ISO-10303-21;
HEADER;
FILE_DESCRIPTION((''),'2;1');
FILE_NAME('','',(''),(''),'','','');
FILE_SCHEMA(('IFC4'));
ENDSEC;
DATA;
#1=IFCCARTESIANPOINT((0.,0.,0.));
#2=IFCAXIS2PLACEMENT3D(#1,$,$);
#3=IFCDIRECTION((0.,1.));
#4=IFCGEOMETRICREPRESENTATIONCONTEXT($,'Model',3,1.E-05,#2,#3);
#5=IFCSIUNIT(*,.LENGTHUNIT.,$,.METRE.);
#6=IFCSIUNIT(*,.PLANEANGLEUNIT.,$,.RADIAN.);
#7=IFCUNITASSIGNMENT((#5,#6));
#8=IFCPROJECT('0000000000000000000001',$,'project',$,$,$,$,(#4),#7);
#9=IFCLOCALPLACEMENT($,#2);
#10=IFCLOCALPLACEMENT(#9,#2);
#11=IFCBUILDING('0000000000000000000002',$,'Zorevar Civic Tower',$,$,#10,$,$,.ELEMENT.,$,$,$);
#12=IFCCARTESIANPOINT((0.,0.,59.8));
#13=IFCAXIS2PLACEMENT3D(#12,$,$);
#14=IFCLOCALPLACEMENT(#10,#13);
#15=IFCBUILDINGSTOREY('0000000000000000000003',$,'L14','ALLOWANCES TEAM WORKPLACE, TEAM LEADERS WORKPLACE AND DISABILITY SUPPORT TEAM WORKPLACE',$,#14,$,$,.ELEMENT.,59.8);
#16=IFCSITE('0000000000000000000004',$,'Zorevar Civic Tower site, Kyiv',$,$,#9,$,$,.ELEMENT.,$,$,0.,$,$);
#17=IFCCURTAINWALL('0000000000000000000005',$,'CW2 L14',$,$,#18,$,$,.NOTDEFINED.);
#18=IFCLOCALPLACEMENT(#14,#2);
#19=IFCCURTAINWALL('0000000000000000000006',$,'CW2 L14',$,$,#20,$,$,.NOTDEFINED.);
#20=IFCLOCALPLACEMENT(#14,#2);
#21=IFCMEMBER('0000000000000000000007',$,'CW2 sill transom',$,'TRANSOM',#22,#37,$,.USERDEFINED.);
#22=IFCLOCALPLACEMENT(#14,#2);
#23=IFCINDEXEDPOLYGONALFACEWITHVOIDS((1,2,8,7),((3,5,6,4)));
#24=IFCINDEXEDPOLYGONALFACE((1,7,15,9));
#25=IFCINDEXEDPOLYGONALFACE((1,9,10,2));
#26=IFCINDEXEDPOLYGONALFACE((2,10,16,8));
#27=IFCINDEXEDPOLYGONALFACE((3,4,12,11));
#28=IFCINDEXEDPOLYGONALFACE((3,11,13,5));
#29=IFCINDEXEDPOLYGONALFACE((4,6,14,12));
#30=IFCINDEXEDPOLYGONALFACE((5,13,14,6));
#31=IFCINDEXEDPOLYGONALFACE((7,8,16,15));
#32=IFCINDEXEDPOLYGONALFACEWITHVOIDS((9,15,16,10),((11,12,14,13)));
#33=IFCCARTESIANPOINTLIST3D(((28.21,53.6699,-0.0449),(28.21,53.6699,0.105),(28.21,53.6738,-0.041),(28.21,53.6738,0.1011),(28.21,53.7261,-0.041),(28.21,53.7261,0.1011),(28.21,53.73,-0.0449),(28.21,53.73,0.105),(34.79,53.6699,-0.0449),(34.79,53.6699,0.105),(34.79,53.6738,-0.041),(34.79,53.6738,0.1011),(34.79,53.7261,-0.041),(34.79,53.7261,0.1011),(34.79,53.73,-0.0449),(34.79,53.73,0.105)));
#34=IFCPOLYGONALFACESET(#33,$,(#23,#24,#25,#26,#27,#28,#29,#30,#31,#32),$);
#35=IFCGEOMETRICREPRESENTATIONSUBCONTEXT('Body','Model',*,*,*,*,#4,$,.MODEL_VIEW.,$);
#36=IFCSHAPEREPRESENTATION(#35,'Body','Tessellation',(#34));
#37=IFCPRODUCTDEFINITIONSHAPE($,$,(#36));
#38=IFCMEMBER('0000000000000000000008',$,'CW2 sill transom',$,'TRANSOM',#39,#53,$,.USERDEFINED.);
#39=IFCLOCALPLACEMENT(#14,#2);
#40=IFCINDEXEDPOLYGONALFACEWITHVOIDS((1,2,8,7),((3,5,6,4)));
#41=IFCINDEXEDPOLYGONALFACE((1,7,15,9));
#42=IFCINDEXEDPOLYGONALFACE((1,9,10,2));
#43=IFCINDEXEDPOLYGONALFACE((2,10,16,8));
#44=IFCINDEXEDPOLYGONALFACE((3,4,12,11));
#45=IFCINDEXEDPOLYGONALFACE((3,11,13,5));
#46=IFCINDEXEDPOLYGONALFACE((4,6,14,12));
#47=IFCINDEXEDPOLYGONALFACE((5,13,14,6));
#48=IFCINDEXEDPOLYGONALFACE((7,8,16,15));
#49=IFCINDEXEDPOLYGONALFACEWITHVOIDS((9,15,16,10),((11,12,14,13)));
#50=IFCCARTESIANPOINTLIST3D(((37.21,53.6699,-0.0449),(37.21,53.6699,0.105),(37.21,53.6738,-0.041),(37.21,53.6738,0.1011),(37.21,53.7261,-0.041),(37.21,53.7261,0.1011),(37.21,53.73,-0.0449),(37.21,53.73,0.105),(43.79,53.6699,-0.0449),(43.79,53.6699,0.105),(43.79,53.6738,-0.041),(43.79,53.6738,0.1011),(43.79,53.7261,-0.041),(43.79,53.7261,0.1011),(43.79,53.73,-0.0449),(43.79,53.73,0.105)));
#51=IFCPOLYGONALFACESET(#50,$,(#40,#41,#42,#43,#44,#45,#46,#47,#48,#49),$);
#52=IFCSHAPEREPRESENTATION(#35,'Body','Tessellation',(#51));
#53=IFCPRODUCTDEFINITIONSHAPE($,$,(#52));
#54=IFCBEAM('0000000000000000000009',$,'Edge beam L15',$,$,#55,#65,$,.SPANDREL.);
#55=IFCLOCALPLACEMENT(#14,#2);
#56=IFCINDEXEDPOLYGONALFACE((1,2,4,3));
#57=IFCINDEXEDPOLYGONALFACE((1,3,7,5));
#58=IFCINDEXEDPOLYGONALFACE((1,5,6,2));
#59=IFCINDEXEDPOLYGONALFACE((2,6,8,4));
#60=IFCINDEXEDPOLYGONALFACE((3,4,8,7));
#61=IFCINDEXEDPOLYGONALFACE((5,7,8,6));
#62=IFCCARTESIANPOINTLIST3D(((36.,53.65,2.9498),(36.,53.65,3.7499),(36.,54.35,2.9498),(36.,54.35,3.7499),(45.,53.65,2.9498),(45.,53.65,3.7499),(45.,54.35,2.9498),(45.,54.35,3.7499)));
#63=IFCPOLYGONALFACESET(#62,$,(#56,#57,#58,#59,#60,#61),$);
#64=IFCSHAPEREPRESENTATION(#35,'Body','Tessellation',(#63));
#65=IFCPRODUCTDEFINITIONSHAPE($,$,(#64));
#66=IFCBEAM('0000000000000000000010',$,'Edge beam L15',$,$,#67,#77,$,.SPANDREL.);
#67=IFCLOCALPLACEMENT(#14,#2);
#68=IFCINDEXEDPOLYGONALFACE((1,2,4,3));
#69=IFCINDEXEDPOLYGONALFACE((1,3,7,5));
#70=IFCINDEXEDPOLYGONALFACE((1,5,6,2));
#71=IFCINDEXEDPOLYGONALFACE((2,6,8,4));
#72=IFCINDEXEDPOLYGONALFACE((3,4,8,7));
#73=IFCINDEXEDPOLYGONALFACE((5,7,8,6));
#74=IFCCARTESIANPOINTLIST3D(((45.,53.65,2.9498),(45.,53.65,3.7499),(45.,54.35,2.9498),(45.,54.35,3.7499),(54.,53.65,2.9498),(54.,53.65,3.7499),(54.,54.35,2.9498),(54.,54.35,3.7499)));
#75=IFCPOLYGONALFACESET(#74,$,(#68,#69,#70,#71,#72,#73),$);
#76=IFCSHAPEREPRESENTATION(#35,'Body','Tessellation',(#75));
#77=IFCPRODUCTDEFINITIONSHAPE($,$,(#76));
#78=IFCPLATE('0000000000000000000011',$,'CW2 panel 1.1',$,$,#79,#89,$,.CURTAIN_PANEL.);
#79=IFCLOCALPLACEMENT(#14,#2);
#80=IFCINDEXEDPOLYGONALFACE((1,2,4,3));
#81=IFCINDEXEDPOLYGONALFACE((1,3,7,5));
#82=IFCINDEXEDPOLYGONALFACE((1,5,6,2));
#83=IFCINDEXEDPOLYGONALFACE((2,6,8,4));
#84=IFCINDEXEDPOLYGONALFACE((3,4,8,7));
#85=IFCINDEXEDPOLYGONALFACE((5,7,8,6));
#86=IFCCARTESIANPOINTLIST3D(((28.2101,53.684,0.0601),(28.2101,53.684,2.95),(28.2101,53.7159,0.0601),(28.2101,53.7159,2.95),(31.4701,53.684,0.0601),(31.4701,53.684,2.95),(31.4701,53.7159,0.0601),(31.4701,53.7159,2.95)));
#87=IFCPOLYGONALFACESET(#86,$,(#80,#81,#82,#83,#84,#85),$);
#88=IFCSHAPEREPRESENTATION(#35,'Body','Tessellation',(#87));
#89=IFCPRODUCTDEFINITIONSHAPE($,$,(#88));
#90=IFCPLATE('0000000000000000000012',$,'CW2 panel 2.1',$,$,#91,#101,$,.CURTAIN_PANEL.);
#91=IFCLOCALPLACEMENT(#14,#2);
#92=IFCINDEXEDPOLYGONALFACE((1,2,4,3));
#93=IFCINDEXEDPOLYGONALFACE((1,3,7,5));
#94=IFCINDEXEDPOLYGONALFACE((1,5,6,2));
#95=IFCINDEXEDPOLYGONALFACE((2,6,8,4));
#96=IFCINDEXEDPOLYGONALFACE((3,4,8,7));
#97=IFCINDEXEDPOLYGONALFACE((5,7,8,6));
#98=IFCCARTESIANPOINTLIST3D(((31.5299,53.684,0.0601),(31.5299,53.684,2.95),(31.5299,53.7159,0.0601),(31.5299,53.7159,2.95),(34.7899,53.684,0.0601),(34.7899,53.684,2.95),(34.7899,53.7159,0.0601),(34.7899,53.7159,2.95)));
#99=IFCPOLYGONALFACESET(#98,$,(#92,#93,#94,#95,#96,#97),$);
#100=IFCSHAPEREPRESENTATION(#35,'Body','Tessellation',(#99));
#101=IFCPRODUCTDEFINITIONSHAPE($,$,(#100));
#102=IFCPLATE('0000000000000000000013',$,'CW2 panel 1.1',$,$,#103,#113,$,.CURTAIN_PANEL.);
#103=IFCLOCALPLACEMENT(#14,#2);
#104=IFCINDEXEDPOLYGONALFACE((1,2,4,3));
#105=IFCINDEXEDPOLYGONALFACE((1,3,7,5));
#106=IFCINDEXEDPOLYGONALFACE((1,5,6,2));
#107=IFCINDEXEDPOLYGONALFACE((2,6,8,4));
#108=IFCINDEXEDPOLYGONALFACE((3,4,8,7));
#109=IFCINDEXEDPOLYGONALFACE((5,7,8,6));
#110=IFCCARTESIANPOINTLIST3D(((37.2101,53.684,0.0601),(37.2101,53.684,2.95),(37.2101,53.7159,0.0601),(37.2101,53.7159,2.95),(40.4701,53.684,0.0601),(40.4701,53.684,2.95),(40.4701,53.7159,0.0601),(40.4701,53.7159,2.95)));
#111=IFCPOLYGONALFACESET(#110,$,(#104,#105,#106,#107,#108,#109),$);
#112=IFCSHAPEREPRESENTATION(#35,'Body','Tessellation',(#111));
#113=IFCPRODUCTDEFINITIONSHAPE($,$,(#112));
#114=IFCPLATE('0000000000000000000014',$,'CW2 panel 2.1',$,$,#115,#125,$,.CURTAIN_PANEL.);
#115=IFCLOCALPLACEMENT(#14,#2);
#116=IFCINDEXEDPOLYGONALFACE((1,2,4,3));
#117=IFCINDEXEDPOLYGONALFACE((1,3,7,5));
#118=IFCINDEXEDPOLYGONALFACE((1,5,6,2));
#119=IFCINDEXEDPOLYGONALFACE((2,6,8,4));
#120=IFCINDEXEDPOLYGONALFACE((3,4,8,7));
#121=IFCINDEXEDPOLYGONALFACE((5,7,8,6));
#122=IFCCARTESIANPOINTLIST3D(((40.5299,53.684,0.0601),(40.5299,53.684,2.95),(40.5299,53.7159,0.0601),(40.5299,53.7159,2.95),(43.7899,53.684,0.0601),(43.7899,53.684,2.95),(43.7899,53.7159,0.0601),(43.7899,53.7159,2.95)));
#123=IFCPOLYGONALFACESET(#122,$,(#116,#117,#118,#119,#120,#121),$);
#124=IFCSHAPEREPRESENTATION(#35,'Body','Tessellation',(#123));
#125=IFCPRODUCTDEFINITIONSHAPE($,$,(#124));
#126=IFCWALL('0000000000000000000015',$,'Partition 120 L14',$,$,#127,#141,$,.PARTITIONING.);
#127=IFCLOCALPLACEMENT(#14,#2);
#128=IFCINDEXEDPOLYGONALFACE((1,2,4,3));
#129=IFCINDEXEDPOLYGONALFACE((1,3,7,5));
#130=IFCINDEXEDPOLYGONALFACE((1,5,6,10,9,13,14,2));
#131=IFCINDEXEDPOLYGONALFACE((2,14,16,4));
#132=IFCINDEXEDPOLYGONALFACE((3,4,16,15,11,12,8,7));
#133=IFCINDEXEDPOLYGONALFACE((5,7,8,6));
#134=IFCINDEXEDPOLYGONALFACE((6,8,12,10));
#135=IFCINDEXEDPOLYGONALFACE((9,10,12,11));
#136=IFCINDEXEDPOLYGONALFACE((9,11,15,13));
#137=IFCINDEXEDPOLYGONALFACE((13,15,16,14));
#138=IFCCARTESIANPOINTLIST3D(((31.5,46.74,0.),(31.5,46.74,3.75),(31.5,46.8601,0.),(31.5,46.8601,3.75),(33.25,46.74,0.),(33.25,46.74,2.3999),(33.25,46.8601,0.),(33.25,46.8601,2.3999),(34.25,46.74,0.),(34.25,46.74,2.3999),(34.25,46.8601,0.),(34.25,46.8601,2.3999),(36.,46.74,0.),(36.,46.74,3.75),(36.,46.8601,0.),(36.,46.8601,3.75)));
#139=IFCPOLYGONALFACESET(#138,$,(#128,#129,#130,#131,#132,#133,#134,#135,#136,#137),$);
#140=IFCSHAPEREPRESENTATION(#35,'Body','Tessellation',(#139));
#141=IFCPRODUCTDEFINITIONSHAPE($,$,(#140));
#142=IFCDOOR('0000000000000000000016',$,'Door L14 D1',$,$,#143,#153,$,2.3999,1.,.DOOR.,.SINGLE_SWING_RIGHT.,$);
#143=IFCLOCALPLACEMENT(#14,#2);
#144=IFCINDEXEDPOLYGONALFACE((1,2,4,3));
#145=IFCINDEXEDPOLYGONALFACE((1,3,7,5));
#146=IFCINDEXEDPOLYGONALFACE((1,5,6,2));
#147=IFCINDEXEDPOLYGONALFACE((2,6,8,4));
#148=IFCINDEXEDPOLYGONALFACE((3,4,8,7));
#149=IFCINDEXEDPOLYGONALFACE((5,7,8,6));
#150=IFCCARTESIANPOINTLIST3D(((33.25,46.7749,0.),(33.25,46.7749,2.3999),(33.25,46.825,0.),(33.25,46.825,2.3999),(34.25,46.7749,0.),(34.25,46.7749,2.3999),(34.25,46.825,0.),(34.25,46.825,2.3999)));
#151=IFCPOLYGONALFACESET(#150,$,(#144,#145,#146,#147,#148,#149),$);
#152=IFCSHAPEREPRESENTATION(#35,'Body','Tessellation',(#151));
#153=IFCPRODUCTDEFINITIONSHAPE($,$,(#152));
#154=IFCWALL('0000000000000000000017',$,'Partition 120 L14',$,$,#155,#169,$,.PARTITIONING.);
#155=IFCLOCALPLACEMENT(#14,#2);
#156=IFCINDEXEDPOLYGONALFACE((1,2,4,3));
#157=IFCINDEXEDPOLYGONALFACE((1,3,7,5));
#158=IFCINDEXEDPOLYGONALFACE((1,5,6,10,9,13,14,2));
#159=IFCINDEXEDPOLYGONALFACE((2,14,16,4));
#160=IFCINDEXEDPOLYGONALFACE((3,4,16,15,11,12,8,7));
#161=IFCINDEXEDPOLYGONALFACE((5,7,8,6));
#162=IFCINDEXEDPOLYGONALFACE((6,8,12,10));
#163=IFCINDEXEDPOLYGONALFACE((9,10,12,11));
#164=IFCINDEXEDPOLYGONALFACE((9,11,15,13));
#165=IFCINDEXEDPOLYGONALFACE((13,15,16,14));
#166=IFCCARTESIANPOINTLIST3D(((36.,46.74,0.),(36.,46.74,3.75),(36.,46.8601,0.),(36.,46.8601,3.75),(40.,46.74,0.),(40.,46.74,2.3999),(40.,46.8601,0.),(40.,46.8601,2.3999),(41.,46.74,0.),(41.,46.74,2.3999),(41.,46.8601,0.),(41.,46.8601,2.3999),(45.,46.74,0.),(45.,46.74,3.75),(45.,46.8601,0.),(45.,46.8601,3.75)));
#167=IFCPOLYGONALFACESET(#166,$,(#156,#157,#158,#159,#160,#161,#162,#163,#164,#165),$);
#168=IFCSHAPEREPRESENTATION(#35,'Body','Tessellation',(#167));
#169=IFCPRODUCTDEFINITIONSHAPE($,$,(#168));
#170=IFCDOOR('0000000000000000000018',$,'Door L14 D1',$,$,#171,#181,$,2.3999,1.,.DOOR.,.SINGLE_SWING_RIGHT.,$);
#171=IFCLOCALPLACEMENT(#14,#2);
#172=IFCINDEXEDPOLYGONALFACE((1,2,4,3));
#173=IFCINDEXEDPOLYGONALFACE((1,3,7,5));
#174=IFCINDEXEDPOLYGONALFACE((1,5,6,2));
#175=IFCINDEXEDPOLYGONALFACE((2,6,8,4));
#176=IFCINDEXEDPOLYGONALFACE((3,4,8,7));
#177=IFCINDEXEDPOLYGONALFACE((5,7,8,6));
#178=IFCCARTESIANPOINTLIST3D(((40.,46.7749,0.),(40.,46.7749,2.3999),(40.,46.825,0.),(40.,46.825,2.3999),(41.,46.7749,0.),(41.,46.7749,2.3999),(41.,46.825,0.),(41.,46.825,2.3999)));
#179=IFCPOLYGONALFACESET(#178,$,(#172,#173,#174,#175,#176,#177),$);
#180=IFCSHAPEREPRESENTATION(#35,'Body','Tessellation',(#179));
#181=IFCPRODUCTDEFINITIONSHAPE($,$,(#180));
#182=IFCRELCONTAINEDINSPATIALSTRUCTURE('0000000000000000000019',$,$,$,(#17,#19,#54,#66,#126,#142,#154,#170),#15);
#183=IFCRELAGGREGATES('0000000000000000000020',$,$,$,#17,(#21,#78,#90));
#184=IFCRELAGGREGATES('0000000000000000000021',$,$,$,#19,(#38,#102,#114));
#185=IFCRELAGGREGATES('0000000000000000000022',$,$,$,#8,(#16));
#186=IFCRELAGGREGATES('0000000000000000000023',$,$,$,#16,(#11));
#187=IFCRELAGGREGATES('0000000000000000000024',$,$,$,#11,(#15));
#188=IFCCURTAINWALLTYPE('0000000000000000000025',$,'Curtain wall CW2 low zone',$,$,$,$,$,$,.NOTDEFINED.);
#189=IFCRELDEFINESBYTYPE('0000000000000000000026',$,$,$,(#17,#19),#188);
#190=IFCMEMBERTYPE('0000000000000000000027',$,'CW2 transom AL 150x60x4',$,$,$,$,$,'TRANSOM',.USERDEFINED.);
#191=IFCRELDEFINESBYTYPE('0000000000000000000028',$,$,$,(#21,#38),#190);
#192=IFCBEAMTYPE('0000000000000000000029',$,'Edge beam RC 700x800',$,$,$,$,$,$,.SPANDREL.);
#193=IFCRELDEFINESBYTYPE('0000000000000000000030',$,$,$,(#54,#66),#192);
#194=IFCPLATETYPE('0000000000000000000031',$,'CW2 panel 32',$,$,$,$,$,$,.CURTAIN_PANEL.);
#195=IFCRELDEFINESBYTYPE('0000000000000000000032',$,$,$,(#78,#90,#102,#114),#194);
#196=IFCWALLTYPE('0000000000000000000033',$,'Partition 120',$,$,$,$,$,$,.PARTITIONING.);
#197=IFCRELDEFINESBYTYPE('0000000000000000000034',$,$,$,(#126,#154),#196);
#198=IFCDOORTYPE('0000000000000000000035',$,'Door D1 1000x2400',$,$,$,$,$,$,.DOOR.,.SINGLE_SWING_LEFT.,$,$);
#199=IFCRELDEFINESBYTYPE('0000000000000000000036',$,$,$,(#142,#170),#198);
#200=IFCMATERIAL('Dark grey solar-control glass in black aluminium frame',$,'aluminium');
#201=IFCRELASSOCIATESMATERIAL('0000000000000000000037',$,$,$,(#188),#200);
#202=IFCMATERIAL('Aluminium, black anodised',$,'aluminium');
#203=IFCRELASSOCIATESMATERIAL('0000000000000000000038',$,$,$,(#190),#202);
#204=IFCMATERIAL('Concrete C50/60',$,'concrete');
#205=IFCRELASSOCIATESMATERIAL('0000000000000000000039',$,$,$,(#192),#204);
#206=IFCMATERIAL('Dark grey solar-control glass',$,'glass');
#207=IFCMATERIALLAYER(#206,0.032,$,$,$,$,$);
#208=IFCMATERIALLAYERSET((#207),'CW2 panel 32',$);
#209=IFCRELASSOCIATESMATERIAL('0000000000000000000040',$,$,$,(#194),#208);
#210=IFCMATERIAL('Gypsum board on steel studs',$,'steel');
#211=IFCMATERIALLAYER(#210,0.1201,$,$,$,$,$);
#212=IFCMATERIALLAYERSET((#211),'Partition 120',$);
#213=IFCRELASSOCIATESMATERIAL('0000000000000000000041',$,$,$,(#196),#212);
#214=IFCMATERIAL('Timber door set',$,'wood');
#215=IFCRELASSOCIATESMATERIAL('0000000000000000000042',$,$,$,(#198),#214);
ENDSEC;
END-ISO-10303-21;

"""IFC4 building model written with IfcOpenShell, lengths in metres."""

from ifc_helpers import new_model, si_unit, direction, frame, frame_2d, origin, origin_2d, place, context, subcontext, project, spatial, rectangle, hollow_rectangle, extrude, material, layer, layer_set, material_profile, profile_set, type_object, element, fill, aggregate, save


model = new_model("IFC4")

# Units and contexts
model_context = context("Model", 3, precision=1e-05, world=origin(), true_north=direction((0.0, 1.0)))
body_context = subcontext(model_context, "Body", "Model", "MODEL_VIEW")
ifc_project = project(units=[si_unit("LENGTHUNIT", "METRE"), si_unit("PLANEANGLEUNIT", "RADIAN")], contexts=[model_context])

# Site, building, storey
site_placement = place(None, origin())
site = spatial("IfcSite", under=ifc_project, at=site_placement, Name="Zorevar Civic Tower site, Kyiv", CompositionType="ELEMENT", RefElevation=0.0)
building_placement = place(site_placement, origin())
building = spatial("IfcBuilding", under=site, at=building_placement, Name="Zorevar Civic Tower", CompositionType="ELEMENT")
storey_placement = place(building_placement, frame((0.0, 0.0, 59.8)))
storey = spatial("IfcBuildingStorey", under=building, at=storey_placement, Name="L14", Description="ALLOWANCES TEAM WORKPLACE, TEAM LEADERS WORKPLACE AND DISABILITY SUPPORT TEAM WORKPLACE", CompositionType="ELEMENT", Elevation=59.8)

# Curtain walls
ifc_material_1 = material(Name="Dark grey solar-control glass in black aluminium frame", Category="aluminium")
curtain_wall_type = type_object("IfcCurtainWallType", Name="Curtain wall CW2 low zone", PredefinedType="NOTDEFINED", material=ifc_material_1)
curtain_wall_1_placement = place(storey_placement, origin())
curtain_wall_1 = element("IfcCurtainWall", 1, at=curtain_wall_1_placement, inside=storey, type_object=curtain_wall_type, Name="CW2 L14", PredefinedType="NOTDEFINED")
curtain_wall_2_placement = place(storey_placement, origin())
curtain_wall_2 = element("IfcCurtainWall", 2, at=curtain_wall_2_placement, inside=storey, type_object=curtain_wall_type, Name="CW2 L14", PredefinedType="NOTDEFINED")

# Members
ifc_material_2 = material(Name="Aluminium, black anodised", Category="aluminium")
ifc_material_profile_1 = material_profile(ifc_material_2, hollow_rectangle(XDim=0.0601, YDim=0.1499, WallThickness=0.0039, at=origin_2d()), Name="AL 150x60x4")
ifc_profile_set_1 = profile_set([ifc_material_profile_1], Name="Aluminium, black anodised")
member_type_1 = type_object("IfcMemberType", Name="CW2 transom AL 150x60x4", ElementType="TRANSOM", PredefinedType="USERDEFINED", material=ifc_profile_set_1)
member_1_placement = place(storey_placement, frame((28.21, 53.7, 0.03), z_axis=(1.0, 0.0, 0.0), x_axis=(0.0, 1.0, 0.0)))
member_1 = element("IfcMember", 3, at=member_1_placement, type_object=member_type_1, Name="CW2 sill transom", ObjectType="TRANSOM", PredefinedType="USERDEFINED", context=body_context, shape_type="SweptSolid", body=[
    extrude(hollow_rectangle(XDim=0.0601, YDim=0.1499, WallThickness=0.0039, at=origin_2d()), origin(), (0.0, 0.0, 1.0), 6.5801),
])
member_2_placement = place(storey_placement, frame((37.21, 53.7, 0.03), z_axis=(1.0, 0.0, 0.0), x_axis=(0.0, 1.0, 0.0)))
member_2 = element("IfcMember", 4, at=member_2_placement, type_object=member_type_1, Name="CW2 sill transom", ObjectType="TRANSOM", PredefinedType="USERDEFINED", context=body_context, shape_type="SweptSolid", body=[
    extrude(hollow_rectangle(XDim=0.0601, YDim=0.1499, WallThickness=0.0039, at=origin_2d()), origin(), (0.0, 0.0, 1.0), 6.5801),
])

# Beams
ifc_material_3 = material(Name="Concrete C50/60", Category="concrete")
ifc_material_profile_2 = material_profile(ifc_material_3, rectangle(XDim=0.7, YDim=0.8, at=origin_2d()), Name="RC 700x800")
ifc_profile_set_2 = profile_set([ifc_material_profile_2], Name="Concrete C50/60")
beam_type_1 = type_object("IfcBeamType", Name="Edge beam RC 700x800", PredefinedType="SPANDREL", material=ifc_profile_set_2)
for number, where, z_axis, x_axis, name in (
    (5, (36.0, 54.0, 3.3499), (1.0, 0.0, 0.0), (0.0, 1.0, 0.0), "Edge beam L15"),
    (6, (45.0, 54.0, 3.3499), (1.0, 0.0, 0.0), (0.0, 1.0, 0.0), "Edge beam L15"),
):
    element("IfcBeam", number, at=place(storey_placement, frame(where, z_axis=z_axis, x_axis=x_axis)), inside=storey, type_object=beam_type_1, Name=name, PredefinedType="SPANDREL", context=body_context, shape_type="SweptSolid", body=[
        extrude(rectangle(XDim=0.7, YDim=0.8, at=origin_2d()), origin(), (0.0, 0.0, 1.0), 9.0),
    ])

# Plates
ifc_material_4 = material(Name="Dark grey solar-control glass", Category="glass")
ifc_layer_1 = layer(ifc_material_4, 0.032)
ifc_layer_set_1 = layer_set([ifc_layer_1], Name="CW2 panel 32")
plate_type = type_object("IfcPlateType", Name="CW2 panel 32", PredefinedType="CURTAIN_PANEL", material=ifc_layer_set_1)
plate_1_placement = place(storey_placement, frame((29.8401, 53.7, 0.0601), z_axis=(0.0, 0.0, 1.0), x_axis=(1.0, 0.0, 0.0)))
plate_1 = element("IfcPlate", 7, at=plate_1_placement, type_object=plate_type, Name="CW2 panel 1.1", PredefinedType="CURTAIN_PANEL", context=body_context, shape_type="SweptSolid", body=[
    extrude(rectangle(XDim=3.26, YDim=0.032, at=origin_2d()), origin(), (0.0, 0.0, 1.0), 2.8899),
])
plate_2_placement = place(storey_placement, frame((33.1599, 53.7, 0.0601), z_axis=(0.0, 0.0, 1.0), x_axis=(1.0, 0.0, 0.0)))
plate_2 = element("IfcPlate", 8, at=plate_2_placement, type_object=plate_type, Name="CW2 panel 2.1", PredefinedType="CURTAIN_PANEL", context=body_context, shape_type="SweptSolid", body=[
    extrude(rectangle(XDim=3.26, YDim=0.032, at=origin_2d()), origin(), (0.0, 0.0, 1.0), 2.8899),
])
aggregate(curtain_wall_1, [member_1, plate_1, plate_2])
plate_3_placement = place(storey_placement, frame((38.8401, 53.7, 0.0601), z_axis=(0.0, 0.0, 1.0), x_axis=(1.0, 0.0, 0.0)))
plate_3 = element("IfcPlate", 9, at=plate_3_placement, type_object=plate_type, Name="CW2 panel 1.1", PredefinedType="CURTAIN_PANEL", context=body_context, shape_type="SweptSolid", body=[
    extrude(rectangle(XDim=3.26, YDim=0.032, at=origin_2d()), origin(), (0.0, 0.0, 1.0), 2.8899),
])
plate_4_placement = place(storey_placement, frame((42.1599, 53.7, 0.0601), z_axis=(0.0, 0.0, 1.0), x_axis=(1.0, 0.0, 0.0)))
plate_4 = element("IfcPlate", 10, at=plate_4_placement, type_object=plate_type, Name="CW2 panel 2.1", PredefinedType="CURTAIN_PANEL", context=body_context, shape_type="SweptSolid", body=[
    extrude(rectangle(XDim=3.26, YDim=0.032, at=origin_2d()), origin(), (0.0, 0.0, 1.0), 2.8899),
])
aggregate(curtain_wall_2, [member_2, plate_3, plate_4])

# Walls, openings, doors
ifc_material_5 = material(Name="Gypsum board on steel studs", Category="steel")
ifc_layer_2 = layer(ifc_material_5, 0.1201)
ifc_layer_set_2 = layer_set([ifc_layer_2], Name="Partition 120")
wall_type = type_object("IfcWallType", Name="Partition 120", PredefinedType="PARTITIONING", material=ifc_layer_set_2)
wall_1_placement = place(storey_placement, frame((31.5, 46.8, 0.0), z_axis=(0.0, 0.0, 1.0), x_axis=(1.0, 0.0, 0.0)))
wall_1 = element("IfcWall", 11, at=wall_1_placement, inside=storey, type_object=wall_type, Name="Partition 120 L14", PredefinedType="PARTITIONING", context=body_context, shape_type="SweptSolid", body=[
    extrude(rectangle(XDim=4.5, YDim=0.1201, at=frame_2d((2.25, 0.0))), origin(), (0.0, 0.0, 1.0), 3.75),
])
opening_1_placement = place(wall_1_placement, frame((1.75, 0.0, 0.0)))
opening_1 = element("IfcOpeningElement", 12, at=opening_1_placement, cuts=wall_1, PredefinedType="OPENING", context=body_context, shape_type="SweptSolid", body=[
    extrude(rectangle(XDim=1.0, YDim=2.3999, at=frame_2d((0.5, 1.2))), frame((0.0, 0.0701, 0.0), z_axis=(0.0, -1.0, 0.0), x_axis=(1.0, 0.0, 0.0)), (0.0, 0.0, 1.0), 0.1401),
])
ifc_material_6 = material(Name="Timber door set", Category="wood")
door_type = type_object("IfcDoorType", Name="Door D1 1000x2400", OperationType="SINGLE_SWING_LEFT", PredefinedType="DOOR", material=ifc_material_6)
door_1_placement = place(opening_1_placement, origin())
door_1 = element("IfcDoor", 13, at=door_1_placement, inside=storey, type_object=door_type, Name="Door L14 D1", OperationType="SINGLE_SWING_RIGHT", OverallHeight=2.3999, OverallWidth=1.0, PredefinedType="DOOR", context=body_context, shape_type="SweptSolid", body=[
    extrude(rectangle(XDim=1.0, YDim=2.3999, at=frame_2d((0.5, 1.2))), frame((0.0, 0.0249, 0.0), z_axis=(0.0, -1.0, 0.0), x_axis=(1.0, 0.0, 0.0)), (0.0, 0.0, 1.0), 0.05),
])
fill(opening_1, door_1)
wall_2_placement = place(storey_placement, frame((36.0, 46.8, 0.0), z_axis=(0.0, 0.0, 1.0), x_axis=(1.0, 0.0, 0.0)))
wall_2 = element("IfcWall", 14, at=wall_2_placement, inside=storey, type_object=wall_type, Name="Partition 120 L14", PredefinedType="PARTITIONING", context=body_context, shape_type="SweptSolid", body=[
    extrude(rectangle(XDim=9.0, YDim=0.1201, at=frame_2d((4.5, 0.0))), origin(), (0.0, 0.0, 1.0), 3.75),
])
opening_2_placement = place(wall_2_placement, frame((4.0, 0.0, 0.0)))
opening_2 = element("IfcOpeningElement", 15, at=opening_2_placement, cuts=wall_2, PredefinedType="OPENING", context=body_context, shape_type="SweptSolid", body=[
    extrude(rectangle(XDim=1.0, YDim=2.3999, at=frame_2d((0.5, 1.2))), frame((0.0, 0.0701, 0.0), z_axis=(0.0, -1.0, 0.0), x_axis=(1.0, 0.0, 0.0)), (0.0, 0.0, 1.0), 0.1401),
])
door_2_placement = place(opening_2_placement, origin())
door_2 = element("IfcDoor", 16, at=door_2_placement, inside=storey, type_object=door_type, Name="Door L14 D1", OperationType="SINGLE_SWING_RIGHT", OverallHeight=2.3999, OverallWidth=1.0, PredefinedType="DOOR", context=body_context, shape_type="SweptSolid", body=[
    extrude(rectangle(XDim=1.0, YDim=2.3999, at=frame_2d((0.5, 1.2))), frame((0.0, 0.0249, 0.0), z_axis=(0.0, -1.0, 0.0), x_axis=(1.0, 0.0, 0.0)), (0.0, 0.0, 1.0), 0.05),
])
fill(opening_2, door_2)

save(model, "model.ifc")
